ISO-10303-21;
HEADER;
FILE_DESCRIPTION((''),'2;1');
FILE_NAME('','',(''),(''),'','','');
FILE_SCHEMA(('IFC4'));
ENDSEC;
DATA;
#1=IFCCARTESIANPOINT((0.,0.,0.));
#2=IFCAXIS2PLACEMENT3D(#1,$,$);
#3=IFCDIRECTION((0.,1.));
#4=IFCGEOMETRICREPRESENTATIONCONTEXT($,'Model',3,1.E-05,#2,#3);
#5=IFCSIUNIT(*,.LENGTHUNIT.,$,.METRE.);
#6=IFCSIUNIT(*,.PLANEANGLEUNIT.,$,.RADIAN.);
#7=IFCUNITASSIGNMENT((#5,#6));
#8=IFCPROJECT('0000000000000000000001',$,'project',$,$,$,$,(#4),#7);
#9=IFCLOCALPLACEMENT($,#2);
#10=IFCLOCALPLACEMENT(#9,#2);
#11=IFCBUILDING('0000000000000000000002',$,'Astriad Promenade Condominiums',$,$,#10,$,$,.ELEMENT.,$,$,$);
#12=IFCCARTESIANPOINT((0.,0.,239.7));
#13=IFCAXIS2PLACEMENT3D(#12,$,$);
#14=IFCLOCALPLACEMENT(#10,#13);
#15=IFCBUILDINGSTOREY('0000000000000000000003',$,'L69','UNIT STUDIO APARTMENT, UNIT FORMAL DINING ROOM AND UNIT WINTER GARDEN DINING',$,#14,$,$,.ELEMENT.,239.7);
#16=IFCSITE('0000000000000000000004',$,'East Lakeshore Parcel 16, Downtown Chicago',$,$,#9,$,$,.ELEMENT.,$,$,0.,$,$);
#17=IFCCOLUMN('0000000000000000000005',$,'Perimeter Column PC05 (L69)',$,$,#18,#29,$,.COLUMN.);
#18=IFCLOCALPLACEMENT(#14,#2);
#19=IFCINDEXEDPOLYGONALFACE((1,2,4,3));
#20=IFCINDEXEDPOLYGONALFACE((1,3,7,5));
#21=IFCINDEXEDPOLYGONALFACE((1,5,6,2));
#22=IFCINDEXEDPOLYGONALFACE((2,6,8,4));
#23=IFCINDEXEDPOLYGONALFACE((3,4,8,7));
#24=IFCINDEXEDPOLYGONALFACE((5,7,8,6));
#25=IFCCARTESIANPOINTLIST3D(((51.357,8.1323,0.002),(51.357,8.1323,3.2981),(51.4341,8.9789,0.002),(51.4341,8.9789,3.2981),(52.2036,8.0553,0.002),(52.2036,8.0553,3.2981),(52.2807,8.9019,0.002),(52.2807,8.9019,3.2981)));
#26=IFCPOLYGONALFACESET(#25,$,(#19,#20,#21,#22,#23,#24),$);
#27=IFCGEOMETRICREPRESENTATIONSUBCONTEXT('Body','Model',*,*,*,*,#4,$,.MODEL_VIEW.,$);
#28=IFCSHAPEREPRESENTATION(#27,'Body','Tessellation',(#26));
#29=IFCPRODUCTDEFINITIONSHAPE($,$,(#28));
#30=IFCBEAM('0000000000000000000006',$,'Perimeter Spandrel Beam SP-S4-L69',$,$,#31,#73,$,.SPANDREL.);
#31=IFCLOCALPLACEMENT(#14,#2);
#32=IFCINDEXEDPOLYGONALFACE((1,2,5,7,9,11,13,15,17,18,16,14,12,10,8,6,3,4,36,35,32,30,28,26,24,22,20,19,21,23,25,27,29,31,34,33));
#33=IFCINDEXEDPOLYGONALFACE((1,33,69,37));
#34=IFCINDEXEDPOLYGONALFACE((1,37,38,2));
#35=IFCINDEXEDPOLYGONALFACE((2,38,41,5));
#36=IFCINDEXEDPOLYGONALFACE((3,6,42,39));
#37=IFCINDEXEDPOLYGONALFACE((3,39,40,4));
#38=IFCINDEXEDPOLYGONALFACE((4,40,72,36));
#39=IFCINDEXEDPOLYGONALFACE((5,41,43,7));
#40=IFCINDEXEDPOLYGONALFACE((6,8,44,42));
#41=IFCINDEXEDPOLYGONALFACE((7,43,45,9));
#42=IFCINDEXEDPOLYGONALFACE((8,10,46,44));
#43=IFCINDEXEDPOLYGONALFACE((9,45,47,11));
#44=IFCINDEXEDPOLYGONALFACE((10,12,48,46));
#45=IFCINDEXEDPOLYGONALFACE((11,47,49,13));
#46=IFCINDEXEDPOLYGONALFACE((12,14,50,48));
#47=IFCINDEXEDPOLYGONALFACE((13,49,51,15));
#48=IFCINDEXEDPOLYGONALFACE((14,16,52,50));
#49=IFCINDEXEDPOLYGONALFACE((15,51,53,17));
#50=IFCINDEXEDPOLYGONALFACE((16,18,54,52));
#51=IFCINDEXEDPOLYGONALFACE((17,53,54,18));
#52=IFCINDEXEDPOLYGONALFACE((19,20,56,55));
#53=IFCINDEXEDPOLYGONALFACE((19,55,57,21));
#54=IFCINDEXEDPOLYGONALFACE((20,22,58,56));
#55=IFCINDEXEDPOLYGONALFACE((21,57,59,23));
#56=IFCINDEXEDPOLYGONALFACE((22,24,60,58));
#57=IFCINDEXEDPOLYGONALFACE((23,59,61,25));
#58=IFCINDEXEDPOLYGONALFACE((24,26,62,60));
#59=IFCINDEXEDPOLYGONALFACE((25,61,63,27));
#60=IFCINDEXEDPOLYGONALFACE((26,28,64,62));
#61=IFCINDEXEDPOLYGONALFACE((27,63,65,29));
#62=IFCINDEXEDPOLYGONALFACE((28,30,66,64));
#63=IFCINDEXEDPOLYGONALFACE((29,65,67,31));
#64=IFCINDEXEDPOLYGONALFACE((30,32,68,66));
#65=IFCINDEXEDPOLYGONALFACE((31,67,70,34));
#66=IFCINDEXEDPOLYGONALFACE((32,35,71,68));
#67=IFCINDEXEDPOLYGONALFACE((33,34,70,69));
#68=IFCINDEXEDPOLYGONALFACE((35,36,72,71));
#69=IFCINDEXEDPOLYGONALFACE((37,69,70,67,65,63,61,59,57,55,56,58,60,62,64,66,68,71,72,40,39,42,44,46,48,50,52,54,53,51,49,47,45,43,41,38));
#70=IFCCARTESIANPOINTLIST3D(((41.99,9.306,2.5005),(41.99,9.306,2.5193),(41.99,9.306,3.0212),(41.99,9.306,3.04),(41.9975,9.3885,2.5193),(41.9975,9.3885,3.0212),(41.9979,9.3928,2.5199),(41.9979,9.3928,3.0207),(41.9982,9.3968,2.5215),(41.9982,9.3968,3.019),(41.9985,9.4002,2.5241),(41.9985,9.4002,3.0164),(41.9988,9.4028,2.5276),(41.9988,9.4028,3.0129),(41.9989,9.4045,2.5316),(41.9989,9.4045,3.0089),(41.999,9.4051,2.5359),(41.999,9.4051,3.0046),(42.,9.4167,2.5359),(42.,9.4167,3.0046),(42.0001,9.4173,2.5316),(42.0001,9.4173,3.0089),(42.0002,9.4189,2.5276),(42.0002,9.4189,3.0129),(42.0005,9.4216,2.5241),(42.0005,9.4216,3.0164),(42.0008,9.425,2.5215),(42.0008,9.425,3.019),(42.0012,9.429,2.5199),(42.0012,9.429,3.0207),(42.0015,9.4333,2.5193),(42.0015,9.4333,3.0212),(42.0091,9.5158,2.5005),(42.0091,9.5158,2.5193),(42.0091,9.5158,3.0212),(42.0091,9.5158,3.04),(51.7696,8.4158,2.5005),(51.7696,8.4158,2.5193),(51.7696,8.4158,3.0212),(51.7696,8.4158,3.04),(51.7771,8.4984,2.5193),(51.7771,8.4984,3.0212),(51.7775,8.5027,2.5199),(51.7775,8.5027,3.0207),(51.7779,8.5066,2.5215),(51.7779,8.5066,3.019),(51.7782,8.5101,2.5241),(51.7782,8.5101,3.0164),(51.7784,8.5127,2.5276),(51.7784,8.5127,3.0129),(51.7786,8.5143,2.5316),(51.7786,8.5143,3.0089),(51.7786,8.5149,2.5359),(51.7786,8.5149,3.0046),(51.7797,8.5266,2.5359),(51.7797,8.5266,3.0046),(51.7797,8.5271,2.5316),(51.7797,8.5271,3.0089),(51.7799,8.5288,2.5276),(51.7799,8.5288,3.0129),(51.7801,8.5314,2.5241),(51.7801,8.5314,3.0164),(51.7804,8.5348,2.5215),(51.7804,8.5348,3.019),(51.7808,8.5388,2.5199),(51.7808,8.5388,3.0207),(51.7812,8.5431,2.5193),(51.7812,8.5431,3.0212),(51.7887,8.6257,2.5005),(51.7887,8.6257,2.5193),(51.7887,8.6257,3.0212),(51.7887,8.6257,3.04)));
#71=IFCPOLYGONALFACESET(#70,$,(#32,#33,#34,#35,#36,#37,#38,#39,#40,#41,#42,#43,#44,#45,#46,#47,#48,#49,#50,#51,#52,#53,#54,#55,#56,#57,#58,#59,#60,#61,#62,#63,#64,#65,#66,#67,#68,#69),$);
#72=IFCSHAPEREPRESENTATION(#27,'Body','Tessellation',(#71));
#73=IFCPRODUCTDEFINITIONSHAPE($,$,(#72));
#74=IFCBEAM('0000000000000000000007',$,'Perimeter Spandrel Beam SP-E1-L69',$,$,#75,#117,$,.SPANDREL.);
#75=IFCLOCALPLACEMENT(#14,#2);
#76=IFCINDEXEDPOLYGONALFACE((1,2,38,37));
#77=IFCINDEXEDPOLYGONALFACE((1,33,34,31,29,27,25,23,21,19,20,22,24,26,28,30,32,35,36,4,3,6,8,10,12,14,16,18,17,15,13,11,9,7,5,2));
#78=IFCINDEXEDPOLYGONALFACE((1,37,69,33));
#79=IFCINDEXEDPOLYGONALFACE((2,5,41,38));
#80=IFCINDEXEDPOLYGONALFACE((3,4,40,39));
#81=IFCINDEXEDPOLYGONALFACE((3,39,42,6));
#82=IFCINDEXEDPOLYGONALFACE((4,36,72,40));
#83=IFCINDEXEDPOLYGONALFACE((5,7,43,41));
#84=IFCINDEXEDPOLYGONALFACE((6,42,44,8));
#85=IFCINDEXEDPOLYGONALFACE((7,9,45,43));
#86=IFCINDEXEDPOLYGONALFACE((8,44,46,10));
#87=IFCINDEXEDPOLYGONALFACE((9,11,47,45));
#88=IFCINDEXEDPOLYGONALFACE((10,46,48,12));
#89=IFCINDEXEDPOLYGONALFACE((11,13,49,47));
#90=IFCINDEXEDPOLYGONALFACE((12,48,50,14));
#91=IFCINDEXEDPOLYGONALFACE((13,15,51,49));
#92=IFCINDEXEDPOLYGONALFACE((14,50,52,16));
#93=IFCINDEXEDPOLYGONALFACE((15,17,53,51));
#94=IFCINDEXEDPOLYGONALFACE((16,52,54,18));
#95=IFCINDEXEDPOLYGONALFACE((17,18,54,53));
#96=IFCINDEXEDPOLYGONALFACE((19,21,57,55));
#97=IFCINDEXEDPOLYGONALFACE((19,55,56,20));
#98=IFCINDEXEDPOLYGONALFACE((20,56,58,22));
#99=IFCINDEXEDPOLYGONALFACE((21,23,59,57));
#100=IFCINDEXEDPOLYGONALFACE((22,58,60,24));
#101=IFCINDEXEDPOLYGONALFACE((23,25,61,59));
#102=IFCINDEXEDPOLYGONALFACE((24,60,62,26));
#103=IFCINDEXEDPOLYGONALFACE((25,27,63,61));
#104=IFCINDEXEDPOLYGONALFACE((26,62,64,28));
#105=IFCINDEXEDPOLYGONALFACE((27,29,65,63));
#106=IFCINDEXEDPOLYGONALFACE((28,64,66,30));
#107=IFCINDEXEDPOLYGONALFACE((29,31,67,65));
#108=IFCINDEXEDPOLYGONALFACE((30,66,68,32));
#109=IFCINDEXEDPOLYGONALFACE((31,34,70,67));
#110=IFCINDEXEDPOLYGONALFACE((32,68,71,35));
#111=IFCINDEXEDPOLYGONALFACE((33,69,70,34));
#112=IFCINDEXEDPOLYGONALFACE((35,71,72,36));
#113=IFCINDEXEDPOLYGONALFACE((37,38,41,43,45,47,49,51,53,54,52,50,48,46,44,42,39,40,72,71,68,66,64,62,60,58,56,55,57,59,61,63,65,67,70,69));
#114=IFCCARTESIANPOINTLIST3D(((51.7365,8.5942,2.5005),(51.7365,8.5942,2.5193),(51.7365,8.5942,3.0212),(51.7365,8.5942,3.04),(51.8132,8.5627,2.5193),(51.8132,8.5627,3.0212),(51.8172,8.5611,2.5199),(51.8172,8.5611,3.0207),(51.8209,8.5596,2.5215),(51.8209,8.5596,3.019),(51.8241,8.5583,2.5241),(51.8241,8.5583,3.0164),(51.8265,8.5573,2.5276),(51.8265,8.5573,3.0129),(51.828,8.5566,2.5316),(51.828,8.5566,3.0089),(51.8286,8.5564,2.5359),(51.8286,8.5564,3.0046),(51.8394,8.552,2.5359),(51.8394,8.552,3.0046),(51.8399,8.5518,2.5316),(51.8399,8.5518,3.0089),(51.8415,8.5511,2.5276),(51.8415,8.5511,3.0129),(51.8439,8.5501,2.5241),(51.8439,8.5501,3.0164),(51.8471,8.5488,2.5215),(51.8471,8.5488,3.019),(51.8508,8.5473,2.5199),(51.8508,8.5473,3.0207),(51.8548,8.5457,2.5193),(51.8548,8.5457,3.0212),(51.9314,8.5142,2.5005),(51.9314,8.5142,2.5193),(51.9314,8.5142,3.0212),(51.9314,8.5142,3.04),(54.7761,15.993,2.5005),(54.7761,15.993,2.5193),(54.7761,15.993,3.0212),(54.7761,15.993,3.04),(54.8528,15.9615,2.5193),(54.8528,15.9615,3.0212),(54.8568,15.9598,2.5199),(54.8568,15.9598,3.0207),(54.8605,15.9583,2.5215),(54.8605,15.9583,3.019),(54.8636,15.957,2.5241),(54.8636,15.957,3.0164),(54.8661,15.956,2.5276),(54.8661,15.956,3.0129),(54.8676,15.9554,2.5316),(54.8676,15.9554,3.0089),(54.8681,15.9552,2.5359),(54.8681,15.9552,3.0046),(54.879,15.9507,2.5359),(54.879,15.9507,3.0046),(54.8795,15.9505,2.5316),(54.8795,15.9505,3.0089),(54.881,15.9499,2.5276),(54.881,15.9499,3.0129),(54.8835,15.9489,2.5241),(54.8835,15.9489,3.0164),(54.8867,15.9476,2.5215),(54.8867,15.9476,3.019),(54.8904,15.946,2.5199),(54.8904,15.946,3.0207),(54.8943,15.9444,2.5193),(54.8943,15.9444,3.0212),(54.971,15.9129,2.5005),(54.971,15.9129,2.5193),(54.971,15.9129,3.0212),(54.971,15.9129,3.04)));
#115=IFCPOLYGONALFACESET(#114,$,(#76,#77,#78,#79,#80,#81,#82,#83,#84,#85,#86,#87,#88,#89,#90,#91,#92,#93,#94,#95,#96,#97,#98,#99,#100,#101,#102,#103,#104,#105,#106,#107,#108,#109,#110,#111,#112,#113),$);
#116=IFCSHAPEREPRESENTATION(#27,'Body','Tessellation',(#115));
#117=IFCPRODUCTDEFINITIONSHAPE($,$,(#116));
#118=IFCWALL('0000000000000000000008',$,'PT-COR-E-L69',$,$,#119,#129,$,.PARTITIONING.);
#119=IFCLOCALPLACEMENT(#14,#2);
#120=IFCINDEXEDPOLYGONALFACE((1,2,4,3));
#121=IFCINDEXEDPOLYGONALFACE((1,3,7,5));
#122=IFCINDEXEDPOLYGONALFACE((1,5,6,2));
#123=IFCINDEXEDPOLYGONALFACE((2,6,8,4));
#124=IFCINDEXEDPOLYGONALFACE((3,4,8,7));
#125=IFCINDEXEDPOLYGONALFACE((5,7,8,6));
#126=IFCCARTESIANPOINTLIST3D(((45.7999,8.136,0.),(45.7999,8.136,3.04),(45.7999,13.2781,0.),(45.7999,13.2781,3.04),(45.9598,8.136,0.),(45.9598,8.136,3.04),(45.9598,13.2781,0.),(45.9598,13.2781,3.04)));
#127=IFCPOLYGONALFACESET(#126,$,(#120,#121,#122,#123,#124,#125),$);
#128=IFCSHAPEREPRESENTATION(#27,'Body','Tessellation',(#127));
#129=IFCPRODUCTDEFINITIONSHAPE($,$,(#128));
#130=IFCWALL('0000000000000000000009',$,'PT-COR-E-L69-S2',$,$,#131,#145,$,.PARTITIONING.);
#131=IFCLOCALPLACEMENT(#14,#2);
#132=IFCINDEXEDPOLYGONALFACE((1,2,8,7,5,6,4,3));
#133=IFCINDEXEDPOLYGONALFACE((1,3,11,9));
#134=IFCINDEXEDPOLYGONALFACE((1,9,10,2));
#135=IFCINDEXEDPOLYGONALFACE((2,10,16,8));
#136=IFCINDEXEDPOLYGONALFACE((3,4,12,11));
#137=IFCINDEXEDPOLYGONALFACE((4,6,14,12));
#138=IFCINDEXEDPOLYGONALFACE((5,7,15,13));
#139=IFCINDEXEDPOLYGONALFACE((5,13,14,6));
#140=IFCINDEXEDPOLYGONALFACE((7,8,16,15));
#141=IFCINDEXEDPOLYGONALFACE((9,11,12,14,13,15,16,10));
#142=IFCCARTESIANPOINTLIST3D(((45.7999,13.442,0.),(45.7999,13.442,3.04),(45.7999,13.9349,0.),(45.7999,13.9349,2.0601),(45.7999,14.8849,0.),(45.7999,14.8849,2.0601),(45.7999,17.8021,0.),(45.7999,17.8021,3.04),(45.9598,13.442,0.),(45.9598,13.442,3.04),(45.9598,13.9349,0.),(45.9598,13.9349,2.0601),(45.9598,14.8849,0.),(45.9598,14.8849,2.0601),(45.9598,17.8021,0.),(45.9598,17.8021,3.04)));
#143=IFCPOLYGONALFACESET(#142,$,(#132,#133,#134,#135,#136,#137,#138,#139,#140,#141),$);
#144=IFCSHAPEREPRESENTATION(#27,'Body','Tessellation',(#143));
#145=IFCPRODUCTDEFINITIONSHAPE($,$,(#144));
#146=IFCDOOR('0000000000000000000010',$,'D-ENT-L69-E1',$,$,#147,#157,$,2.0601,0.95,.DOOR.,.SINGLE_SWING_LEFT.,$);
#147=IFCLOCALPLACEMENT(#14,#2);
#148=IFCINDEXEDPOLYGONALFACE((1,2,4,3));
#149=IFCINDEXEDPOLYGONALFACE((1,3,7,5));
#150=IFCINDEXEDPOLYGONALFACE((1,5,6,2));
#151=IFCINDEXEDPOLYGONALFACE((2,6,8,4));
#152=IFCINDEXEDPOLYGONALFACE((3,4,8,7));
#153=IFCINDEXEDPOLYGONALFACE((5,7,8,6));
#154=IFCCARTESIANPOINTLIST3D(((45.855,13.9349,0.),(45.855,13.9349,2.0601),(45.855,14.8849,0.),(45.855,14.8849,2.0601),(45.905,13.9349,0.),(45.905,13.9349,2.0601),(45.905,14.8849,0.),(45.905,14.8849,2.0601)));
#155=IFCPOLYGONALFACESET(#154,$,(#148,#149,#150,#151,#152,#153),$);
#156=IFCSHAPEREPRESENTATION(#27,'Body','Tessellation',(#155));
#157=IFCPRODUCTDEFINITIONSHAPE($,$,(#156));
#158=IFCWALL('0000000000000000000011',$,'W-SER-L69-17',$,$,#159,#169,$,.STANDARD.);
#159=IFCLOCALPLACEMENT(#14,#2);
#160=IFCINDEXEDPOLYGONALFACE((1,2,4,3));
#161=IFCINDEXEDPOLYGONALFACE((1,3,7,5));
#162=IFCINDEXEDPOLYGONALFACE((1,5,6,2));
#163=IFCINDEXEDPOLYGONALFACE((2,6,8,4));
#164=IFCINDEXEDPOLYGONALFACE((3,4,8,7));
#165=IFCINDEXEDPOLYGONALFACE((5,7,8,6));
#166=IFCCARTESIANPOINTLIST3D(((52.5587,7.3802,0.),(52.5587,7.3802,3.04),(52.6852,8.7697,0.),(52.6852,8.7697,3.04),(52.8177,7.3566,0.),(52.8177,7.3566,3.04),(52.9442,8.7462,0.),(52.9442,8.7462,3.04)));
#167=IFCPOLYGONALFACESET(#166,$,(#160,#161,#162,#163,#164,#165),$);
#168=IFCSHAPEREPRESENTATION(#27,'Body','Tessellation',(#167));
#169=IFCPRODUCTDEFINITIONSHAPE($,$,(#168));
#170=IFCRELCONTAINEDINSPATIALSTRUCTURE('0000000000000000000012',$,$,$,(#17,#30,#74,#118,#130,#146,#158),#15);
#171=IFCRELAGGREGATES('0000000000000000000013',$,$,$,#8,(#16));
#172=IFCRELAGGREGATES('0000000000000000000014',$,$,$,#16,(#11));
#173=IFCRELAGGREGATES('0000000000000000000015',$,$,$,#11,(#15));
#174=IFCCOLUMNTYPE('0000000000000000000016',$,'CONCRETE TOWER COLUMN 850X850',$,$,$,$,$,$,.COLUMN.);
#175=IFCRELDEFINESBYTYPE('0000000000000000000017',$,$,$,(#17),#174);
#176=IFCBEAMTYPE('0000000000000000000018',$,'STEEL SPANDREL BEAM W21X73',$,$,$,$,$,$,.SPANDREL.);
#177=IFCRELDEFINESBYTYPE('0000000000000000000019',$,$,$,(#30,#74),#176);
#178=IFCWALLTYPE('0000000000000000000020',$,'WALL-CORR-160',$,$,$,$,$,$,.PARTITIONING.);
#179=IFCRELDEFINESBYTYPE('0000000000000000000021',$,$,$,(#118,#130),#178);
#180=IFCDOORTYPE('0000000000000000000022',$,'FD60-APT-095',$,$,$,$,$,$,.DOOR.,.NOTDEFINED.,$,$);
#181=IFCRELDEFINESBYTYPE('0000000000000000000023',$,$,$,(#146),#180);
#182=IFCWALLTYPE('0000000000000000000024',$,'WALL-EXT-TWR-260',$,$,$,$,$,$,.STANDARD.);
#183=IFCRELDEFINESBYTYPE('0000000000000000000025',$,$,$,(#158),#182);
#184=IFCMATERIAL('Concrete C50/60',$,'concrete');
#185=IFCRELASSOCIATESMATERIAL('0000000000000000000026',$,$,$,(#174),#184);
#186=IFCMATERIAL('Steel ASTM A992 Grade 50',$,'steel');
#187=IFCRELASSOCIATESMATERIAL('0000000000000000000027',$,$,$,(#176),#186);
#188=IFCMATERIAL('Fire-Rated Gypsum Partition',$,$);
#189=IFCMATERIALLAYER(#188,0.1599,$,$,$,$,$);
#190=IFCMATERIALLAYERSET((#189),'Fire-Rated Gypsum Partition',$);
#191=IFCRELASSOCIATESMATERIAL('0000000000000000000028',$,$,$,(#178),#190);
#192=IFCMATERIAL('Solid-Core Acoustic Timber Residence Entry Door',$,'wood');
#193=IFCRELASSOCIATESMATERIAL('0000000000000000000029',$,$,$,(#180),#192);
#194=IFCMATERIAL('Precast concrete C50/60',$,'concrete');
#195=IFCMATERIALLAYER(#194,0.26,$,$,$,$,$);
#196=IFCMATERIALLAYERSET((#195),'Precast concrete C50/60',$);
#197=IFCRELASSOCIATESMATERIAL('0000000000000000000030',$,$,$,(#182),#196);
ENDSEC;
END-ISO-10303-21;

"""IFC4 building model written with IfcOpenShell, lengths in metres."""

from ifc_helpers import new_model, si_unit, direction, frame, frame_2d, origin, origin_2d, place, context, subcontext, project, spatial, rectangle, i_section, extrude, source, transform, mapped, material, layer, layer_set, material_profile, profile_set, type_object, type_shapes, element, fill, save


model = new_model("IFC4")

# Units and contexts
model_context = context("Model", 3, precision=1e-05, world=origin(), true_north=direction((0.0, 1.0)))
body_context = subcontext(model_context, "Body", "Model", "MODEL_VIEW")
ifc_project = project(units=[si_unit("LENGTHUNIT", "METRE"), si_unit("PLANEANGLEUNIT", "RADIAN")], contexts=[model_context])

# Site, building, storey
site_placement = place(None, origin())
site = spatial("IfcSite", under=ifc_project, at=site_placement, Name="East Lakeshore Parcel 16, Downtown Chicago", CompositionType="ELEMENT", RefElevation=0.0)
building_placement = place(site_placement, origin())
building = spatial("IfcBuilding", under=site, at=building_placement, Name="Astriad Promenade Condominiums", CompositionType="ELEMENT")
storey_placement = place(building_placement, frame((0.0, 0.0, 239.7)))
storey = spatial("IfcBuildingStorey", under=building, at=storey_placement, Name="L69", Description="UNIT STUDIO APARTMENT, UNIT FORMAL DINING ROOM AND UNIT WINTER GARDEN DINING", CompositionType="ELEMENT", Elevation=239.7)

# Column
ifc_material_1 = material(Name="Concrete C50/60", Category="concrete")
ifc_material_profile_1 = material_profile(ifc_material_1, rectangle(XDim=0.8501, YDim=0.8501, at=origin_2d()), Name="RC-COL-850X850")
ifc_profile_set_1 = profile_set([ifc_material_profile_1], Name="Concrete C50/60")
column_type = type_object("IfcColumnType", Name="CONCRETE TOWER COLUMN 850X850", PredefinedType="COLUMN", material=ifc_profile_set_1)
shared_shape_1 = source(origin(), body_context, "Body", "SweptSolid", [
    extrude(rectangle(XDim=0.8501, YDim=0.8501, at=origin_2d()), origin(), (0.0, 0.0, 1.0), 3.2961),
])
type_shapes(column_type, [shared_shape_1])
column_placement = place(storey_placement, frame((51.8188, 8.5171, 0.002), z_axis=(0.0, 0.0, 1.0), x_axis=(0.995884, -0.090633, 0.0)))
element("IfcColumn", 1, at=column_placement, inside=storey, type_object=column_type, Name="Perimeter Column PC05 (L69)", PredefinedType="COLUMN", context=body_context, shape_type="MappedRepresentation", body=[
    mapped(shared_shape_1, transform((0.0, 0.0, 0.0), scale=1.0)),
])

# Beams
ifc_material_2 = material(Name="Steel ASTM A992 Grade 50", Category="steel")
ifc_material_profile_2 = material_profile(ifc_material_2, i_section(OverallWidth=0.2107, OverallDepth=0.5396, WebThickness=0.0117, FlangeThickness=0.0188, FilletRadius=0.0166, at=origin_2d()), Name="W21X73")
ifc_profile_set_2 = profile_set([ifc_material_profile_2], Name="Steel ASTM A992 Grade 50")
beam_type = type_object("IfcBeamType", Name="STEEL SPANDREL BEAM W21X73", PredefinedType="SPANDREL", material=ifc_profile_set_2)
shared_shape_2 = source(origin(), body_context, "Body", "SweptSolid", [
    extrude(i_section(OverallWidth=0.2107, OverallDepth=0.5396, WebThickness=0.0117, FlangeThickness=0.0188, FilletRadius=0.0166, at=origin_2d()), origin(), (0.0, 0.0, 1.0), 9.8201),
])
beam_1_placement = place(storey_placement, frame((41.9995, 9.4109, 2.7703), z_axis=(0.995883, -0.090646, 0.0), x_axis=(0.090646, 0.995883, 0.0)))
element("IfcBeam", 2, at=beam_1_placement, inside=storey, type_object=beam_type, Name="Perimeter Spandrel Beam SP-S4-L69", PredefinedType="SPANDREL", context=body_context, shape_type="MappedRepresentation", body=[
    mapped(shared_shape_2, transform((0.0, 0.0, 0.0), scale=1.0)),
])
shared_shape_3 = source(origin(), body_context, "Body", "SweptSolid", [
    extrude(i_section(OverallWidth=0.2107, OverallDepth=0.5396, WebThickness=0.0117, FlangeThickness=0.0188, FilletRadius=0.0166, at=origin_2d()), origin(), (0.0, 0.0, 1.0), 7.9988),
])
type_shapes(beam_type, [shared_shape_2, shared_shape_3])
beam_2_placement = place(storey_placement, frame((51.834, 8.5542, 2.7703), z_axis=(0.380005, 0.924984, 0.0), x_axis=(-0.924984, 0.380005, 0.0)))
element("IfcBeam", 3, at=beam_2_placement, inside=storey, type_object=beam_type, Name="Perimeter Spandrel Beam SP-E1-L69", PredefinedType="SPANDREL", context=body_context, shape_type="MappedRepresentation", body=[
    mapped(shared_shape_3, transform((0.0, 0.0, 0.0), scale=1.0)),
])

# Wall
ifc_material_3 = material(Name="Fire-Rated Gypsum Partition")
ifc_layer_1 = layer(ifc_material_3, 0.1599)
ifc_layer_set_1 = layer_set([ifc_layer_1], Name="Fire-Rated Gypsum Partition")
wall_type_1 = type_object("IfcWallType", Name="WALL-CORR-160", PredefinedType="PARTITIONING", material=ifc_layer_set_1)
wall_1_placement = place(storey_placement, frame((45.8799, 8.136, 0.0), z_axis=(0.0, 0.0, 1.0), x_axis=(0.0, 1.0, 0.0)))
element("IfcWall", 4, at=wall_1_placement, inside=storey, type_object=wall_type_1, Name="PT-COR-E-L69", PredefinedType="PARTITIONING", context=body_context, shape_type="SweptSolid", body=[
    extrude(rectangle(XDim=5.1421, YDim=0.1599, at=frame_2d((2.571, 0.0))), origin(), (0.0, 0.0, 1.0), 3.04),
])

# Wall, opening, door
wall_2_placement = place(storey_placement, frame((45.8799, 13.4419, 0.0), z_axis=(0.0, 0.0, 1.0), x_axis=(0.0, 1.0, 0.0)))
wall_2 = element("IfcWall", 5, at=wall_2_placement, inside=storey, type_object=wall_type_1, Name="PT-COR-E-L69-S2", PredefinedType="PARTITIONING", context=body_context, shape_type="SweptSolid", body=[
    extrude(rectangle(XDim=4.3601, YDim=0.1599, at=frame_2d((2.1802, 0.0))), origin(), (0.0, 0.0, 1.0), 3.04),
])
opening_1_placement = place(wall_2_placement, frame((0.4929, 0.0, 0.0)))
opening_1 = element("IfcOpeningElement", 6, at=opening_1_placement, cuts=wall_2, PredefinedType="OPENING", context=body_context, shape_type="SweptSolid", body=[
    extrude(rectangle(XDim=0.95, YDim=2.0601, at=frame_2d((0.4751, 1.03))), frame((0.0, 0.0898, 0.0), z_axis=(0.0, -1.0, 0.0), x_axis=(1.0, 0.0, 0.0)), (0.0, 0.0, 1.0), 0.1799),
])
ifc_material_4 = material(Name="Solid-Core Acoustic Timber Residence Entry Door", Category="wood")
door_type_1 = type_object("IfcDoorType", Name="FD60-APT-095", OperationType="NOTDEFINED", PredefinedType="DOOR", material=ifc_material_4)
shared_shape_4 = source(origin(), body_context, "Body", "SweptSolid", [
    extrude(rectangle(XDim=0.95, YDim=2.0601, at=frame_2d((0.4751, 1.03))), frame((0.0, 0.0249, 0.0), z_axis=(0.0, -1.0, 0.0), x_axis=(1.0, 0.0, 0.0)), (0.0, 0.0, 1.0), 0.05),
])
type_shapes(door_type_1, [shared_shape_4])
door_1_placement = place(opening_1_placement, origin())
door_1 = element("IfcDoor", 7, at=door_1_placement, inside=storey, type_object=door_type_1, Name="D-ENT-L69-E1", OperationType="SINGLE_SWING_LEFT", OverallHeight=2.0601, OverallWidth=0.95, PredefinedType="DOOR", context=body_context, shape_type="MappedRepresentation", body=[
    mapped(shared_shape_4, transform((0.0, 0.0, 0.0), scale=1.0)),
])
fill(opening_1, door_1)

# Wall
ifc_material_5 = material(Name="Precast concrete C50/60", Category="concrete")
ifc_layer_2 = layer(ifc_material_5, 0.26)
ifc_layer_set_2 = layer_set([ifc_layer_2], Name="Precast concrete C50/60")
wall_type_2 = type_object("IfcWallType", Name="WALL-EXT-TWR-260", PredefinedType="STANDARD", material=ifc_layer_set_2)
wall_3_placement = place(storey_placement, frame((52.8147, 8.7581, 0.0), z_axis=(0.0, 0.0, 1.0), x_axis=(-0.090646, -0.995883, 0.0)))
element("IfcWall", 8, at=wall_3_placement, inside=storey, type_object=wall_type_2, Name="W-SER-L69-17", PredefinedType="STANDARD", context=body_context, shape_type="SweptSolid", body=[
    extrude(rectangle(XDim=1.3953, YDim=0.26, at=frame_2d((0.6978, 0.0))), origin(), (0.0, 0.0, 1.0), 3.04),
])

save(model, "model.ifc")
